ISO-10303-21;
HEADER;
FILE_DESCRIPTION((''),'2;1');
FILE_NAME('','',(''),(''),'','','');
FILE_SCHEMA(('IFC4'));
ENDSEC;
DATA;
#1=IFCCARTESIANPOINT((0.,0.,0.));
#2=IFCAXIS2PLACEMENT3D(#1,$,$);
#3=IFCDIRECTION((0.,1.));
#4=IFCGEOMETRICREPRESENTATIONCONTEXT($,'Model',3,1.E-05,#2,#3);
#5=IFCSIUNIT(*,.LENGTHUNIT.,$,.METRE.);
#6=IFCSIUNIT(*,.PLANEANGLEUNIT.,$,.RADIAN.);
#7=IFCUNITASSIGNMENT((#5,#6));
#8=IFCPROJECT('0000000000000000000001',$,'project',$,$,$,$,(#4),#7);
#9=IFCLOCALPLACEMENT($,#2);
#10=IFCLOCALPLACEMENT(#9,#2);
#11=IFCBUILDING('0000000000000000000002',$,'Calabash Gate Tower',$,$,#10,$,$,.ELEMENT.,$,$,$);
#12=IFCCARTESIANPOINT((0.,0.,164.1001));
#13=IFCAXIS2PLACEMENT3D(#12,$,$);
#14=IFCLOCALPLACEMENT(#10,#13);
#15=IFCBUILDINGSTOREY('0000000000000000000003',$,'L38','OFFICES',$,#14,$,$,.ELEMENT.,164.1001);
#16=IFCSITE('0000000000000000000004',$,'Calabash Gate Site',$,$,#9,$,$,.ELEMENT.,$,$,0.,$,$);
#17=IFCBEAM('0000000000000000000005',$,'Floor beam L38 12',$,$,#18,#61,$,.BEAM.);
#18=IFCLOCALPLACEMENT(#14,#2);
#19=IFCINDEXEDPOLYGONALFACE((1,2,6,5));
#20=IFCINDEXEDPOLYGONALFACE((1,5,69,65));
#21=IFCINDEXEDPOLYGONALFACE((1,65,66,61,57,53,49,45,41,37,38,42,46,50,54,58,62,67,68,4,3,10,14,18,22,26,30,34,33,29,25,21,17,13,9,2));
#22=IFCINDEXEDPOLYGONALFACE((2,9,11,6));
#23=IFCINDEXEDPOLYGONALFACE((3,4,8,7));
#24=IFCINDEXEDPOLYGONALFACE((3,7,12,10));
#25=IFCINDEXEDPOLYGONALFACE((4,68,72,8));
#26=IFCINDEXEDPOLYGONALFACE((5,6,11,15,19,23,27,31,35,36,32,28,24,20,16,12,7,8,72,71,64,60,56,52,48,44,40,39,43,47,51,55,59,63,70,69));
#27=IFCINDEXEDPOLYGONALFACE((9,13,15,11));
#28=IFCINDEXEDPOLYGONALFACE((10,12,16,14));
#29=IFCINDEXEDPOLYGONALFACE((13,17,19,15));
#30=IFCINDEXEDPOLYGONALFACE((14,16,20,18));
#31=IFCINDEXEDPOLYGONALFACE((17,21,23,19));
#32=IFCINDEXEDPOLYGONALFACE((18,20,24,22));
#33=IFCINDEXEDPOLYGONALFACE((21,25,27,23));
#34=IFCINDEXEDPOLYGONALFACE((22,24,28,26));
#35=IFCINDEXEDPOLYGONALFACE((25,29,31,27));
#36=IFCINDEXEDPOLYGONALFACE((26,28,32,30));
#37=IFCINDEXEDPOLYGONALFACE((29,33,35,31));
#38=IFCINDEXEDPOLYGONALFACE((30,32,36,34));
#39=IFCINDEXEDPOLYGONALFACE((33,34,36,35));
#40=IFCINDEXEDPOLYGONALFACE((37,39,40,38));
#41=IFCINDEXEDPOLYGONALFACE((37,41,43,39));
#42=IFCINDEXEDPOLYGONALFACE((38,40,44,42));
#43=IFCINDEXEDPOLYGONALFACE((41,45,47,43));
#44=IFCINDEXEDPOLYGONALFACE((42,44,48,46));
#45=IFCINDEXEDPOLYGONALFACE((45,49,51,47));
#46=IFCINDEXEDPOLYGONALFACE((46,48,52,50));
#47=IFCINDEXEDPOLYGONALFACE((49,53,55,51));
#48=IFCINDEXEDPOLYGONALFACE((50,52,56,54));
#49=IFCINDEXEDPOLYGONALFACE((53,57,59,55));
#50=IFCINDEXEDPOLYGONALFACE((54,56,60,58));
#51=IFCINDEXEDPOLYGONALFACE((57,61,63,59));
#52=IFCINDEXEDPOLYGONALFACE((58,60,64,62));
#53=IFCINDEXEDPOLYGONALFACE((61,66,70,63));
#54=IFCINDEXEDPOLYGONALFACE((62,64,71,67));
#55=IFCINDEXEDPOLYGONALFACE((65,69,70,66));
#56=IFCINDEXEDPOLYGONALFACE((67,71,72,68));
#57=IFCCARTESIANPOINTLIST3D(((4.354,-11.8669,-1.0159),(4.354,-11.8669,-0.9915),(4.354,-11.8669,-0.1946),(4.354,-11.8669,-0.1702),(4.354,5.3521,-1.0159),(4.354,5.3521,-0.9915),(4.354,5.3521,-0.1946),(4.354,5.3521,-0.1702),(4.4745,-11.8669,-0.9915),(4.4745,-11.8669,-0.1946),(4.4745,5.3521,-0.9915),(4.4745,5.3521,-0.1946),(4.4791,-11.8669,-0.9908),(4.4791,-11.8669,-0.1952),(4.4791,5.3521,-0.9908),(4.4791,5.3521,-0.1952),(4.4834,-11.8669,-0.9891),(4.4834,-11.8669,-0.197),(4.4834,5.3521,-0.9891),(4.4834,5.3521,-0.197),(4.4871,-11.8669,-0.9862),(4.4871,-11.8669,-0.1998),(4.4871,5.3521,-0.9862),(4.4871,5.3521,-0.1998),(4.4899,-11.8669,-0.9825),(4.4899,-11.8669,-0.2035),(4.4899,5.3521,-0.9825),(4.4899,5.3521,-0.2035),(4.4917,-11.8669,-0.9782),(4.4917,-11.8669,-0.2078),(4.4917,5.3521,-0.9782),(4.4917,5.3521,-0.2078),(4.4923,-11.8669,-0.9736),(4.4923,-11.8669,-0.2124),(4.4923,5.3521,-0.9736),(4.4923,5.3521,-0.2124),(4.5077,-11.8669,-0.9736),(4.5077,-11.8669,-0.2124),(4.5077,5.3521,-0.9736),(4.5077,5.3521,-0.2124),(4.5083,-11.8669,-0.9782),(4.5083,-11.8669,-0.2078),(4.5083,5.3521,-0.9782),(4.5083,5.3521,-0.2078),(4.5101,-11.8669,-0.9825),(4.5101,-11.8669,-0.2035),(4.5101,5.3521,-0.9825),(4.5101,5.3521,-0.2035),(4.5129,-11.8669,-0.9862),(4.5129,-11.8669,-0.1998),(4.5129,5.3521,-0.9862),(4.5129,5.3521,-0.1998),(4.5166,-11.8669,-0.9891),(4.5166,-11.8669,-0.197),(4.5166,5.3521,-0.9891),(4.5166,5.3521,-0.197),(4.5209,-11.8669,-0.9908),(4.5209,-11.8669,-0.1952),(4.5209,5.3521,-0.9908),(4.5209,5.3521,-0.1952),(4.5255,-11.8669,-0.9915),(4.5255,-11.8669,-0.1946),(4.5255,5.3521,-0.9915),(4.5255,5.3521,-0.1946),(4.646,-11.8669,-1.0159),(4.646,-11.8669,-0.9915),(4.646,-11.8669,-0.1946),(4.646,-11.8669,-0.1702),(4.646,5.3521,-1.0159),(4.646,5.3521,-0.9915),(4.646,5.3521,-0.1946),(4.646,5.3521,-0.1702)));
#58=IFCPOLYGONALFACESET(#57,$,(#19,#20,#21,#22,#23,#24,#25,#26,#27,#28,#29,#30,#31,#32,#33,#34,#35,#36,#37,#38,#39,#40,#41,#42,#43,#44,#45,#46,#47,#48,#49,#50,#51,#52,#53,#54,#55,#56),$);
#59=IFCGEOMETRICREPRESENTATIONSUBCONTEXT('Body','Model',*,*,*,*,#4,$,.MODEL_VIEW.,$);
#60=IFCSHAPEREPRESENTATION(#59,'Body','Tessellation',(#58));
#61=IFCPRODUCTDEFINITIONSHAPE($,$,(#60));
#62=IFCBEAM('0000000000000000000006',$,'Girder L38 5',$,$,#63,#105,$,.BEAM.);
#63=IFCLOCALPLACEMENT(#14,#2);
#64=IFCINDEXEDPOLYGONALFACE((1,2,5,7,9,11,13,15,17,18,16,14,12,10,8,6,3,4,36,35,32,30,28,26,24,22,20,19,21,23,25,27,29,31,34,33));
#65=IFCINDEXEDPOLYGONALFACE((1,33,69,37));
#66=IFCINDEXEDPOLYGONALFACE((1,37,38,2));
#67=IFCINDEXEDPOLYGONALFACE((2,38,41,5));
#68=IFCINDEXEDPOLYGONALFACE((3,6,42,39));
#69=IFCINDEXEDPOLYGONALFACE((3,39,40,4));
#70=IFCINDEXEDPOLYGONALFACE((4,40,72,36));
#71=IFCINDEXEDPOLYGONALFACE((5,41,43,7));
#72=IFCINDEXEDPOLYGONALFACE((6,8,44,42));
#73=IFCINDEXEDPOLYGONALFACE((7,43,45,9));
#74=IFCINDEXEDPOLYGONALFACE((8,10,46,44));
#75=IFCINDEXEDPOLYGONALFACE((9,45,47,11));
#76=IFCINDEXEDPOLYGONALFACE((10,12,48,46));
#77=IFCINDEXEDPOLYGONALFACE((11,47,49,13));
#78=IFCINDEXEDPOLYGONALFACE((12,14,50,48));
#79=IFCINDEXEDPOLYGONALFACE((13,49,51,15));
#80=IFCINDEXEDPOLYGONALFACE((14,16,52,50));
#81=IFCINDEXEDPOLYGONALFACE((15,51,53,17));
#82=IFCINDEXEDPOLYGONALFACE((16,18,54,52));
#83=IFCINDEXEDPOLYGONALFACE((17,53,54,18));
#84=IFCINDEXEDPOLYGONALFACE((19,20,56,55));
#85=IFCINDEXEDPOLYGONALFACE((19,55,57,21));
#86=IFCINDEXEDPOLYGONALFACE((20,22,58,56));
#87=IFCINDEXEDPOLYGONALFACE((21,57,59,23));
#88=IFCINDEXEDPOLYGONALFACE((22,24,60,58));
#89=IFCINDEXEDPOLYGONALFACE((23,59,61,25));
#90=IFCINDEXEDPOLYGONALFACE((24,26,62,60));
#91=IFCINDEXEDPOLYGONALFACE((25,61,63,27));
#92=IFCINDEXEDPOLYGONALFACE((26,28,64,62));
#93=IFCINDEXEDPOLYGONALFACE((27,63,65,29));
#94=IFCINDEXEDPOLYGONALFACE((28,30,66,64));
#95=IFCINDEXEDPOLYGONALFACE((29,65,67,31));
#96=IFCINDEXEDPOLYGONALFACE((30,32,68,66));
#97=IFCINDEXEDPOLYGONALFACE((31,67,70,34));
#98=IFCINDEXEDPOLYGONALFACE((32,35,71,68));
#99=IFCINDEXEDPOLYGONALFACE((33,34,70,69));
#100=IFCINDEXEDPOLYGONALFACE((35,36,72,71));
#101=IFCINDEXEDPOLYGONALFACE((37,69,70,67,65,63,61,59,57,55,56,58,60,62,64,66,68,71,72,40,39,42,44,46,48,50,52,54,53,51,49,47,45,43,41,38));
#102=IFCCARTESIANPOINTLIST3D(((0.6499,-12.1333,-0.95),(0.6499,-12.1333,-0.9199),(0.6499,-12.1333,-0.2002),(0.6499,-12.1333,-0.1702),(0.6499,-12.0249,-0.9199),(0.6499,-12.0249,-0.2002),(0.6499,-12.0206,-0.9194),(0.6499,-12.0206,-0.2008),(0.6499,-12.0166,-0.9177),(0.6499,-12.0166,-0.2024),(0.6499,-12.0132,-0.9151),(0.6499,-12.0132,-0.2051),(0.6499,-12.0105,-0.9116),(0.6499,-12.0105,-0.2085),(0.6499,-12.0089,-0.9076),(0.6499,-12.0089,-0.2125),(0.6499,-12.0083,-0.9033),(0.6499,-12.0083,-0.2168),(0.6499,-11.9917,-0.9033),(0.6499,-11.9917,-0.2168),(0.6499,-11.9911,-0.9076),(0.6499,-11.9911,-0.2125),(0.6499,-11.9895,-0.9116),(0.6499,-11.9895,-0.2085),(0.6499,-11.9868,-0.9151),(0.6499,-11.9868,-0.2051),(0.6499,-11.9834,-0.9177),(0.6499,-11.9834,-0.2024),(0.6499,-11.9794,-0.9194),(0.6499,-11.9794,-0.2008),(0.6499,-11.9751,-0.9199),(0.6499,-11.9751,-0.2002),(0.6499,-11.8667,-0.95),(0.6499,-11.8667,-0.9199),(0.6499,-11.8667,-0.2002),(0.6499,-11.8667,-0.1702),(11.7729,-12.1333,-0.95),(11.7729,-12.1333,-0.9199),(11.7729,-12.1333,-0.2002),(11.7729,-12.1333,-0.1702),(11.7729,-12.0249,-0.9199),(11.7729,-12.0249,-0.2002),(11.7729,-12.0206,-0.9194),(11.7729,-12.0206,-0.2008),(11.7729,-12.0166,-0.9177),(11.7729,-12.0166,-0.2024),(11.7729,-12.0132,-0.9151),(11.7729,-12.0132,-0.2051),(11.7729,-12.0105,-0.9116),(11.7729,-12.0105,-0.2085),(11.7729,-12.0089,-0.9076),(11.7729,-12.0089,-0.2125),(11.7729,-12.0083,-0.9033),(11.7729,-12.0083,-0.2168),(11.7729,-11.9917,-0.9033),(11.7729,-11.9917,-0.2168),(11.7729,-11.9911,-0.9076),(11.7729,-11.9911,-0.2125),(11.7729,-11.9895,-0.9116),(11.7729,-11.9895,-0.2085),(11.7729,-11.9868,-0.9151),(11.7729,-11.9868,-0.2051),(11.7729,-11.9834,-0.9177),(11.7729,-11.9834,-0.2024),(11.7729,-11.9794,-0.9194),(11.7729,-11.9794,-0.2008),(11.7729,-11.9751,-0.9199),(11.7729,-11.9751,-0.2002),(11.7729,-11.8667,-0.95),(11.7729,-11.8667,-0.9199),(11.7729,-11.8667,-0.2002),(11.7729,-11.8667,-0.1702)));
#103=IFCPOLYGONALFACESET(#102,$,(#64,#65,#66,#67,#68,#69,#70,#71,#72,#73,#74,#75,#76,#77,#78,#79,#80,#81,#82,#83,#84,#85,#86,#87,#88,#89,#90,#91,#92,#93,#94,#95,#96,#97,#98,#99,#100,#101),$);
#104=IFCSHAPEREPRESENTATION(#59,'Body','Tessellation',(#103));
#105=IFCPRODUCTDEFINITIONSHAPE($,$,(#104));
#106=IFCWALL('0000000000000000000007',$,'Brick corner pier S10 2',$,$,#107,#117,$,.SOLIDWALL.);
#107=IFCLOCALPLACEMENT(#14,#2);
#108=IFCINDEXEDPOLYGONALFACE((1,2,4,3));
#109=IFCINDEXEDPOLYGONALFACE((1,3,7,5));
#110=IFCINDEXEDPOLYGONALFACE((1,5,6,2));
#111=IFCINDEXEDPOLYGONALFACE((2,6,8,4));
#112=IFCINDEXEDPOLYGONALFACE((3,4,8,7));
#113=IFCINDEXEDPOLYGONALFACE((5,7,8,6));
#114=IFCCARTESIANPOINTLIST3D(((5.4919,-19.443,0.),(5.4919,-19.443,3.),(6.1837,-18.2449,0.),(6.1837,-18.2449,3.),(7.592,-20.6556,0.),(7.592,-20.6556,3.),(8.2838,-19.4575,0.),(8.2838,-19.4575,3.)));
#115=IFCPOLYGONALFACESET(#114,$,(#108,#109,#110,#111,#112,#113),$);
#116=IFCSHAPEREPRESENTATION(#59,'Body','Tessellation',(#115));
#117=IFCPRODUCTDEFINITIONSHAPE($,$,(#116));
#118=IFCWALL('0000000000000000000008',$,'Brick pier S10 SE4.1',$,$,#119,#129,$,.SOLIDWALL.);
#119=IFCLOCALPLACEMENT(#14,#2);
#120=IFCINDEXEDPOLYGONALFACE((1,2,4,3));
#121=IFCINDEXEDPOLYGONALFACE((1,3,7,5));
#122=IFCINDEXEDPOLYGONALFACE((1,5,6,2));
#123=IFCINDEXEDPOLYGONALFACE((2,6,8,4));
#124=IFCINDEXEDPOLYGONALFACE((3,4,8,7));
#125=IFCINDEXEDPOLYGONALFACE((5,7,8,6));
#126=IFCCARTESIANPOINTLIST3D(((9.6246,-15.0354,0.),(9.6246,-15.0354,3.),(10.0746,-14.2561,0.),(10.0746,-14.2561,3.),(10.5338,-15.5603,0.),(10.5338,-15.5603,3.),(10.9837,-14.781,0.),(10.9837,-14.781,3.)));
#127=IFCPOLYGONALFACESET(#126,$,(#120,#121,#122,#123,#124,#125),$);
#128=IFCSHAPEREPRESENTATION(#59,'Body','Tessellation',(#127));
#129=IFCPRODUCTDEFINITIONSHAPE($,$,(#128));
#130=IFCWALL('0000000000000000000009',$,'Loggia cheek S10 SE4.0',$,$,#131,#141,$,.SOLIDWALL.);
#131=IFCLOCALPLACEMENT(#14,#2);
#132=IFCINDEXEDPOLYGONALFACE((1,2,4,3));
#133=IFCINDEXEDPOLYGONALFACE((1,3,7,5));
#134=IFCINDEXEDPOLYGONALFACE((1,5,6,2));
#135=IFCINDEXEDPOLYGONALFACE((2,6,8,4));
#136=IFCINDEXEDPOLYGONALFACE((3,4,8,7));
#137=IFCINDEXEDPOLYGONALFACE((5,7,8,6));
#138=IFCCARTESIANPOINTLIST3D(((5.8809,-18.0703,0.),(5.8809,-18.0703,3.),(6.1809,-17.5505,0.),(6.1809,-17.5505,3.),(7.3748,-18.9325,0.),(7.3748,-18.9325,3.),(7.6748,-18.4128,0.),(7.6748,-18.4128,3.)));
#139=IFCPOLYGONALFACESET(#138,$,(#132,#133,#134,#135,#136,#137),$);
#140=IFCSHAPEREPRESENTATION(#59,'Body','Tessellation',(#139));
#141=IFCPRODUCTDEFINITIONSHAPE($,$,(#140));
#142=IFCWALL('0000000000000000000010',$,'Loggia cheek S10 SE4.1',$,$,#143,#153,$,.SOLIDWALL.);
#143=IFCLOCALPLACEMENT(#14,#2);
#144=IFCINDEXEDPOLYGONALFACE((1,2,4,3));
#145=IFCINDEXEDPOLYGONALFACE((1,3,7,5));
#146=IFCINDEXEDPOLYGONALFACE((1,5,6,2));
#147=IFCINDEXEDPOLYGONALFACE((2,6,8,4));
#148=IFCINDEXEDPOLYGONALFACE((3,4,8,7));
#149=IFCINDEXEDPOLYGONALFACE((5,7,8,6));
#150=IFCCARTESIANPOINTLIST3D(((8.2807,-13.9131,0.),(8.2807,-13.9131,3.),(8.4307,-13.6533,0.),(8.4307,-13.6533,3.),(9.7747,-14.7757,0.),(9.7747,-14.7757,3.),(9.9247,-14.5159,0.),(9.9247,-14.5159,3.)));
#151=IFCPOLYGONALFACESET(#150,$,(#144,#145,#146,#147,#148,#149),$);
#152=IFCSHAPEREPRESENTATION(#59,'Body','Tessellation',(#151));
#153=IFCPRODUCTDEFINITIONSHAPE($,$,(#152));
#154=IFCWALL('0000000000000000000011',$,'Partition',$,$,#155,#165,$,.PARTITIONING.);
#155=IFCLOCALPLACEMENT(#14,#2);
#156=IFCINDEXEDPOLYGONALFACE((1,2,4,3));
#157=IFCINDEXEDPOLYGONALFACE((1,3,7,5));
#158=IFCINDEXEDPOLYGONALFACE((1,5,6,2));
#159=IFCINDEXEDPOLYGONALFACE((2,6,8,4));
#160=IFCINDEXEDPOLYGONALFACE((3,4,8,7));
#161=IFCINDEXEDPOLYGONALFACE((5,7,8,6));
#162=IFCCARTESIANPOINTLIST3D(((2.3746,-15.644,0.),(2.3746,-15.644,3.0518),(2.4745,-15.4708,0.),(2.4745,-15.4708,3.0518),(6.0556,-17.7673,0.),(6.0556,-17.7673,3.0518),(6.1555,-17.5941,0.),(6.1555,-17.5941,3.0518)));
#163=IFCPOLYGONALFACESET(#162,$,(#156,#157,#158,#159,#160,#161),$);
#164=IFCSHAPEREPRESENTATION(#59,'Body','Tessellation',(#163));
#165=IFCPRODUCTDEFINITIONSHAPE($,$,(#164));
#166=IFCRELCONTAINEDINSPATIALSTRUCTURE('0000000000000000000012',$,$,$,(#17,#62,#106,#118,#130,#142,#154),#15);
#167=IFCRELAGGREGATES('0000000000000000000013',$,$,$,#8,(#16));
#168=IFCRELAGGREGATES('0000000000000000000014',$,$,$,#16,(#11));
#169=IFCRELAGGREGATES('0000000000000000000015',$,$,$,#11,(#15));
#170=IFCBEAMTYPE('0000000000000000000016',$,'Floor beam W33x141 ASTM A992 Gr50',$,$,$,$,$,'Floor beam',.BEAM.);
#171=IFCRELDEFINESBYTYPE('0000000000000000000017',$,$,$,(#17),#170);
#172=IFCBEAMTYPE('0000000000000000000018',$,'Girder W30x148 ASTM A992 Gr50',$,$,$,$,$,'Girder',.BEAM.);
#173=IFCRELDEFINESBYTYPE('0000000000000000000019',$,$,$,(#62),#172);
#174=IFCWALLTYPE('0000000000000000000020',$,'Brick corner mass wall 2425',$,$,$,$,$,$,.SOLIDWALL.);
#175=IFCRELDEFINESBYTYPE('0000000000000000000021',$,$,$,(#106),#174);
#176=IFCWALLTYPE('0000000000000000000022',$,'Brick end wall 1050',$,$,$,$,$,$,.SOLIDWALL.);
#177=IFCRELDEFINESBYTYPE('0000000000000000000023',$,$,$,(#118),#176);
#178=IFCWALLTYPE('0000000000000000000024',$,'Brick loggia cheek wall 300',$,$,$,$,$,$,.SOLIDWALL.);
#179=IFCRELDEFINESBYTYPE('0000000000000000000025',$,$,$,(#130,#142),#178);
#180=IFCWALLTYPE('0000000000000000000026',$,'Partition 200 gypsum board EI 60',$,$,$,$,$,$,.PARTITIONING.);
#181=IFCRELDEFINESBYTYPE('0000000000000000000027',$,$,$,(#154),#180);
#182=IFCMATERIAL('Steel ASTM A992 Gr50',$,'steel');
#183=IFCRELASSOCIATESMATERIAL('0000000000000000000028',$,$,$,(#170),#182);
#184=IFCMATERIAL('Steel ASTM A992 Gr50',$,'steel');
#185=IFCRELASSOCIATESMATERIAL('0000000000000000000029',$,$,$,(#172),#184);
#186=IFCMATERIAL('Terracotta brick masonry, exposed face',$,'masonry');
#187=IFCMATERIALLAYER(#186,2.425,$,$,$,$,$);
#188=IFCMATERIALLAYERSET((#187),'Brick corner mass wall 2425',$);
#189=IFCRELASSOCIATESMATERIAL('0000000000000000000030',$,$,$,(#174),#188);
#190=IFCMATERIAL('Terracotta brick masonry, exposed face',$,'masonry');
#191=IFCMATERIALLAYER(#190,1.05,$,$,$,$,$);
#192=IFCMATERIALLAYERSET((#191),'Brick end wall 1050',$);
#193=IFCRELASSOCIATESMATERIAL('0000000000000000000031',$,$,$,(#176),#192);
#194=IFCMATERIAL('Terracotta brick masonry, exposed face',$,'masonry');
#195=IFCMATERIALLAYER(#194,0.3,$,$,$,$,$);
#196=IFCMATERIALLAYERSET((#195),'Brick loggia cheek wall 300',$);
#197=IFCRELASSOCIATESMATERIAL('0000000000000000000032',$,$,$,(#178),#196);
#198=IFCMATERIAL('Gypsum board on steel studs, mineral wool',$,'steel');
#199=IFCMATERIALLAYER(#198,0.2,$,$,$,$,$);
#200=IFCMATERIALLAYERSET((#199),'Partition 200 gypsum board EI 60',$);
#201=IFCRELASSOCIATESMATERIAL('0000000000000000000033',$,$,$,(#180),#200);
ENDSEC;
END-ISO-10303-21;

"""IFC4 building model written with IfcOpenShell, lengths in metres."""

from ifc_helpers import new_model, si_unit, direction, frame, frame_2d, origin, origin_2d, place, context, subcontext, project, spatial, rectangle, i_section, extrude, material, layer, layer_set, material_profile, profile_set, type_object, element, save


model = new_model("IFC4")

# Units and contexts
model_context = context("Model", 3, precision=1e-05, world=origin(), true_north=direction((0.0, 1.0)))
body_context = subcontext(model_context, "Body", "Model", "MODEL_VIEW")
ifc_project = project(units=[si_unit("LENGTHUNIT", "METRE"), si_unit("PLANEANGLEUNIT", "RADIAN")], contexts=[model_context])

# Site, building, storey
site_placement = place(None, origin())
site = spatial("IfcSite", under=ifc_project, at=site_placement, Name="Calabash Gate Site", CompositionType="ELEMENT", RefElevation=0.0)
building_placement = place(site_placement, origin())
building = spatial("IfcBuilding", under=site, at=building_placement, Name="Calabash Gate Tower", CompositionType="ELEMENT")
storey_placement = place(building_placement, frame((0.0, 0.0, 164.1001)))
storey = spatial("IfcBuildingStorey", under=building, at=storey_placement, Name="L38", Description="OFFICES", CompositionType="ELEMENT", Elevation=164.1001)

# Beams
ifc_material_1 = material(Name="Steel ASTM A992 Gr50", Category="steel")
ifc_material_profile_1 = material_profile(ifc_material_1, i_section(OverallWidth=0.292, OverallDepth=0.8457, WebThickness=0.0154, FlangeThickness=0.0244, FilletRadius=0.0178, at=origin_2d()))
ifc_profile_set_1 = profile_set([ifc_material_profile_1], Name="Steel ASTM A992 Gr50")
beam_type_1 = type_object("IfcBeamType", Name="Floor beam W33x141 ASTM A992 Gr50", ElementType="Floor beam", PredefinedType="BEAM", material=ifc_profile_set_1)
beam_1_placement = place(storey_placement, frame((4.5, -11.8669, -0.593), z_axis=(0.0, 1.0, 0.0), x_axis=(-1.0, 0.0, 0.0)))
element("IfcBeam", 1, at=beam_1_placement, inside=storey, type_object=beam_type_1, Name="Floor beam L38 12", PredefinedType="BEAM", context=body_context, shape_type="SweptSolid", body=[
    extrude(i_section(OverallWidth=0.292, OverallDepth=0.8457, WebThickness=0.0154, FlangeThickness=0.0244, FilletRadius=0.0178, at=origin_2d()), origin(), (0.0, 0.0, 1.0), 17.219),
])
ifc_material_2 = material(Name="Steel ASTM A992 Gr50", Category="steel")
ifc_material_profile_2 = material_profile(ifc_material_2, i_section(OverallWidth=0.2666, OverallDepth=0.7798, WebThickness=0.0166, FlangeThickness=0.03, FilletRadius=0.0166, at=origin_2d()))
ifc_profile_set_2 = profile_set([ifc_material_profile_2], Name="Steel ASTM A992 Gr50")
beam_type_2 = type_object("IfcBeamType", Name="Girder W30x148 ASTM A992 Gr50", ElementType="Girder", PredefinedType="BEAM", material=ifc_profile_set_2)
beam_2_placement = place(storey_placement, frame((0.6499, -12.0, -0.5601), z_axis=(1.0, 0.0, 0.0), x_axis=(0.0, 1.0, 0.0)))
element("IfcBeam", 2, at=beam_2_placement, inside=storey, type_object=beam_type_2, Name="Girder L38 5", PredefinedType="BEAM", context=body_context, shape_type="SweptSolid", body=[
    extrude(i_section(OverallWidth=0.2666, OverallDepth=0.7798, WebThickness=0.0166, FlangeThickness=0.03, FilletRadius=0.0166, at=origin_2d()), origin(), (0.0, 0.0, 1.0), 11.123),
])

# Walls
ifc_material_3 = material(Name="Terracotta brick masonry, exposed face", Category="masonry")
ifc_layer_1 = layer(ifc_material_3, 2.425)
ifc_layer_set_1 = layer_set([ifc_layer_1], Name="Brick corner mass wall 2425")
wall_type_1 = type_object("IfcWallType", Name="Brick corner mass wall 2425", PredefinedType="SOLIDWALL", material=ifc_layer_set_1)
wall_1_placement = place(storey_placement, frame((5.8379, -18.844, 0.0), z_axis=(0.0, 0.0, 1.0), x_axis=(0.865998, -0.500048, 0.0)))
element("IfcWall", 3, at=wall_1_placement, inside=storey, type_object=wall_type_1, Name="Brick corner pier S10 2", PredefinedType="SOLIDWALL", context=body_context, shape_type="SweptSolid", body=[
    extrude(rectangle(XDim=2.425, YDim=1.3835, at=frame_2d((1.2124, 0.0))), origin(), (0.0, 0.0, 1.0), 3.0),
])
ifc_material_4 = material(Name="Terracotta brick masonry, exposed face", Category="masonry")
ifc_layer_2 = layer(ifc_material_4, 1.05)
ifc_layer_set_2 = layer_set([ifc_layer_2], Name="Brick end wall 1050")
wall_type_2 = type_object("IfcWallType", Name="Brick end wall 1050", PredefinedType="SOLIDWALL", material=ifc_layer_set_2)
wall_2_placement = place(storey_placement, frame((9.8496, -14.6458, 0.0), z_axis=(0.0, 0.0, 1.0), x_axis=(0.866031, -0.499991, 0.0)))
element("IfcWall", 4, at=wall_2_placement, inside=storey, type_object=wall_type_2, Name="Brick pier S10 SE4.1", PredefinedType="SOLIDWALL", context=body_context, shape_type="SweptSolid", body=[
    extrude(rectangle(XDim=1.0498, YDim=0.8999, at=frame_2d((0.5249, 0.0))), origin(), (0.0, 0.0, 1.0), 3.0),
])
ifc_material_5 = material(Name="Terracotta brick masonry, exposed face", Category="masonry")
ifc_layer_3 = layer(ifc_material_5, 0.3)
ifc_layer_set_3 = layer_set([ifc_layer_3], Name="Brick loggia cheek wall 300")
wall_type_3 = type_object("IfcWallType", Name="Brick loggia cheek wall 300", PredefinedType="SOLIDWALL", material=ifc_layer_set_3)
wall_3_placement = place(storey_placement, frame((7.5247, -18.6726, 0.0), z_axis=(0.0, 0.0, 1.0), x_axis=(-0.866075, 0.499914, 0.0)))
element("IfcWall", 5, at=wall_3_placement, inside=storey, type_object=wall_type_3, Name="Loggia cheek S10 SE4.0", PredefinedType="SOLIDWALL", context=body_context, shape_type="SweptSolid", body=[
    extrude(rectangle(XDim=1.7249, YDim=0.6001, at=frame_2d((0.8623, 0.0))), origin(), (0.0, 0.0, 1.0), 3.0),
])
wall_4_placement = place(storey_placement, frame((8.3557, -13.7832, 0.0), z_axis=(0.0, 0.0, 1.0), x_axis=(0.866014, -0.500021, 0.0)))
element("IfcWall", 6, at=wall_4_placement, inside=storey, type_object=wall_type_3, Name="Loggia cheek S10 SE4.1", PredefinedType="SOLIDWALL", context=body_context, shape_type="SweptSolid", body=[
    extrude(rectangle(XDim=1.7251, YDim=0.3, at=frame_2d((0.8625, 0.0))), origin(), (0.0, 0.0, 1.0), 3.0),
])
ifc_material_6 = material(Name="Gypsum board on steel studs, mineral wool", Category="steel")
ifc_layer_4 = layer(ifc_material_6, 0.2)
ifc_layer_set_4 = layer_set([ifc_layer_4], Name="Partition 200 gypsum board EI 60")
wall_type_4 = type_object("IfcWallType", Name="Partition 200 gypsum board EI 60", PredefinedType="PARTITIONING", material=ifc_layer_set_4)
wall_5_placement = place(storey_placement, frame((2.4246, -15.5574, 0.0), z_axis=(0.0, 0.0, 1.0), x_axis=(0.866217, -0.499668, 0.0)))
element("IfcWall", 7, at=wall_5_placement, inside=storey, type_object=wall_type_4, Name="Partition", PredefinedType="PARTITIONING", context=body_context, shape_type="SweptSolid", body=[
    extrude(rectangle(XDim=4.2495, YDim=0.2, at=frame_2d((2.1248, 0.0))), origin(), (0.0, 0.0, 1.0), 3.0518),
])

save(model, "model.ifc")
